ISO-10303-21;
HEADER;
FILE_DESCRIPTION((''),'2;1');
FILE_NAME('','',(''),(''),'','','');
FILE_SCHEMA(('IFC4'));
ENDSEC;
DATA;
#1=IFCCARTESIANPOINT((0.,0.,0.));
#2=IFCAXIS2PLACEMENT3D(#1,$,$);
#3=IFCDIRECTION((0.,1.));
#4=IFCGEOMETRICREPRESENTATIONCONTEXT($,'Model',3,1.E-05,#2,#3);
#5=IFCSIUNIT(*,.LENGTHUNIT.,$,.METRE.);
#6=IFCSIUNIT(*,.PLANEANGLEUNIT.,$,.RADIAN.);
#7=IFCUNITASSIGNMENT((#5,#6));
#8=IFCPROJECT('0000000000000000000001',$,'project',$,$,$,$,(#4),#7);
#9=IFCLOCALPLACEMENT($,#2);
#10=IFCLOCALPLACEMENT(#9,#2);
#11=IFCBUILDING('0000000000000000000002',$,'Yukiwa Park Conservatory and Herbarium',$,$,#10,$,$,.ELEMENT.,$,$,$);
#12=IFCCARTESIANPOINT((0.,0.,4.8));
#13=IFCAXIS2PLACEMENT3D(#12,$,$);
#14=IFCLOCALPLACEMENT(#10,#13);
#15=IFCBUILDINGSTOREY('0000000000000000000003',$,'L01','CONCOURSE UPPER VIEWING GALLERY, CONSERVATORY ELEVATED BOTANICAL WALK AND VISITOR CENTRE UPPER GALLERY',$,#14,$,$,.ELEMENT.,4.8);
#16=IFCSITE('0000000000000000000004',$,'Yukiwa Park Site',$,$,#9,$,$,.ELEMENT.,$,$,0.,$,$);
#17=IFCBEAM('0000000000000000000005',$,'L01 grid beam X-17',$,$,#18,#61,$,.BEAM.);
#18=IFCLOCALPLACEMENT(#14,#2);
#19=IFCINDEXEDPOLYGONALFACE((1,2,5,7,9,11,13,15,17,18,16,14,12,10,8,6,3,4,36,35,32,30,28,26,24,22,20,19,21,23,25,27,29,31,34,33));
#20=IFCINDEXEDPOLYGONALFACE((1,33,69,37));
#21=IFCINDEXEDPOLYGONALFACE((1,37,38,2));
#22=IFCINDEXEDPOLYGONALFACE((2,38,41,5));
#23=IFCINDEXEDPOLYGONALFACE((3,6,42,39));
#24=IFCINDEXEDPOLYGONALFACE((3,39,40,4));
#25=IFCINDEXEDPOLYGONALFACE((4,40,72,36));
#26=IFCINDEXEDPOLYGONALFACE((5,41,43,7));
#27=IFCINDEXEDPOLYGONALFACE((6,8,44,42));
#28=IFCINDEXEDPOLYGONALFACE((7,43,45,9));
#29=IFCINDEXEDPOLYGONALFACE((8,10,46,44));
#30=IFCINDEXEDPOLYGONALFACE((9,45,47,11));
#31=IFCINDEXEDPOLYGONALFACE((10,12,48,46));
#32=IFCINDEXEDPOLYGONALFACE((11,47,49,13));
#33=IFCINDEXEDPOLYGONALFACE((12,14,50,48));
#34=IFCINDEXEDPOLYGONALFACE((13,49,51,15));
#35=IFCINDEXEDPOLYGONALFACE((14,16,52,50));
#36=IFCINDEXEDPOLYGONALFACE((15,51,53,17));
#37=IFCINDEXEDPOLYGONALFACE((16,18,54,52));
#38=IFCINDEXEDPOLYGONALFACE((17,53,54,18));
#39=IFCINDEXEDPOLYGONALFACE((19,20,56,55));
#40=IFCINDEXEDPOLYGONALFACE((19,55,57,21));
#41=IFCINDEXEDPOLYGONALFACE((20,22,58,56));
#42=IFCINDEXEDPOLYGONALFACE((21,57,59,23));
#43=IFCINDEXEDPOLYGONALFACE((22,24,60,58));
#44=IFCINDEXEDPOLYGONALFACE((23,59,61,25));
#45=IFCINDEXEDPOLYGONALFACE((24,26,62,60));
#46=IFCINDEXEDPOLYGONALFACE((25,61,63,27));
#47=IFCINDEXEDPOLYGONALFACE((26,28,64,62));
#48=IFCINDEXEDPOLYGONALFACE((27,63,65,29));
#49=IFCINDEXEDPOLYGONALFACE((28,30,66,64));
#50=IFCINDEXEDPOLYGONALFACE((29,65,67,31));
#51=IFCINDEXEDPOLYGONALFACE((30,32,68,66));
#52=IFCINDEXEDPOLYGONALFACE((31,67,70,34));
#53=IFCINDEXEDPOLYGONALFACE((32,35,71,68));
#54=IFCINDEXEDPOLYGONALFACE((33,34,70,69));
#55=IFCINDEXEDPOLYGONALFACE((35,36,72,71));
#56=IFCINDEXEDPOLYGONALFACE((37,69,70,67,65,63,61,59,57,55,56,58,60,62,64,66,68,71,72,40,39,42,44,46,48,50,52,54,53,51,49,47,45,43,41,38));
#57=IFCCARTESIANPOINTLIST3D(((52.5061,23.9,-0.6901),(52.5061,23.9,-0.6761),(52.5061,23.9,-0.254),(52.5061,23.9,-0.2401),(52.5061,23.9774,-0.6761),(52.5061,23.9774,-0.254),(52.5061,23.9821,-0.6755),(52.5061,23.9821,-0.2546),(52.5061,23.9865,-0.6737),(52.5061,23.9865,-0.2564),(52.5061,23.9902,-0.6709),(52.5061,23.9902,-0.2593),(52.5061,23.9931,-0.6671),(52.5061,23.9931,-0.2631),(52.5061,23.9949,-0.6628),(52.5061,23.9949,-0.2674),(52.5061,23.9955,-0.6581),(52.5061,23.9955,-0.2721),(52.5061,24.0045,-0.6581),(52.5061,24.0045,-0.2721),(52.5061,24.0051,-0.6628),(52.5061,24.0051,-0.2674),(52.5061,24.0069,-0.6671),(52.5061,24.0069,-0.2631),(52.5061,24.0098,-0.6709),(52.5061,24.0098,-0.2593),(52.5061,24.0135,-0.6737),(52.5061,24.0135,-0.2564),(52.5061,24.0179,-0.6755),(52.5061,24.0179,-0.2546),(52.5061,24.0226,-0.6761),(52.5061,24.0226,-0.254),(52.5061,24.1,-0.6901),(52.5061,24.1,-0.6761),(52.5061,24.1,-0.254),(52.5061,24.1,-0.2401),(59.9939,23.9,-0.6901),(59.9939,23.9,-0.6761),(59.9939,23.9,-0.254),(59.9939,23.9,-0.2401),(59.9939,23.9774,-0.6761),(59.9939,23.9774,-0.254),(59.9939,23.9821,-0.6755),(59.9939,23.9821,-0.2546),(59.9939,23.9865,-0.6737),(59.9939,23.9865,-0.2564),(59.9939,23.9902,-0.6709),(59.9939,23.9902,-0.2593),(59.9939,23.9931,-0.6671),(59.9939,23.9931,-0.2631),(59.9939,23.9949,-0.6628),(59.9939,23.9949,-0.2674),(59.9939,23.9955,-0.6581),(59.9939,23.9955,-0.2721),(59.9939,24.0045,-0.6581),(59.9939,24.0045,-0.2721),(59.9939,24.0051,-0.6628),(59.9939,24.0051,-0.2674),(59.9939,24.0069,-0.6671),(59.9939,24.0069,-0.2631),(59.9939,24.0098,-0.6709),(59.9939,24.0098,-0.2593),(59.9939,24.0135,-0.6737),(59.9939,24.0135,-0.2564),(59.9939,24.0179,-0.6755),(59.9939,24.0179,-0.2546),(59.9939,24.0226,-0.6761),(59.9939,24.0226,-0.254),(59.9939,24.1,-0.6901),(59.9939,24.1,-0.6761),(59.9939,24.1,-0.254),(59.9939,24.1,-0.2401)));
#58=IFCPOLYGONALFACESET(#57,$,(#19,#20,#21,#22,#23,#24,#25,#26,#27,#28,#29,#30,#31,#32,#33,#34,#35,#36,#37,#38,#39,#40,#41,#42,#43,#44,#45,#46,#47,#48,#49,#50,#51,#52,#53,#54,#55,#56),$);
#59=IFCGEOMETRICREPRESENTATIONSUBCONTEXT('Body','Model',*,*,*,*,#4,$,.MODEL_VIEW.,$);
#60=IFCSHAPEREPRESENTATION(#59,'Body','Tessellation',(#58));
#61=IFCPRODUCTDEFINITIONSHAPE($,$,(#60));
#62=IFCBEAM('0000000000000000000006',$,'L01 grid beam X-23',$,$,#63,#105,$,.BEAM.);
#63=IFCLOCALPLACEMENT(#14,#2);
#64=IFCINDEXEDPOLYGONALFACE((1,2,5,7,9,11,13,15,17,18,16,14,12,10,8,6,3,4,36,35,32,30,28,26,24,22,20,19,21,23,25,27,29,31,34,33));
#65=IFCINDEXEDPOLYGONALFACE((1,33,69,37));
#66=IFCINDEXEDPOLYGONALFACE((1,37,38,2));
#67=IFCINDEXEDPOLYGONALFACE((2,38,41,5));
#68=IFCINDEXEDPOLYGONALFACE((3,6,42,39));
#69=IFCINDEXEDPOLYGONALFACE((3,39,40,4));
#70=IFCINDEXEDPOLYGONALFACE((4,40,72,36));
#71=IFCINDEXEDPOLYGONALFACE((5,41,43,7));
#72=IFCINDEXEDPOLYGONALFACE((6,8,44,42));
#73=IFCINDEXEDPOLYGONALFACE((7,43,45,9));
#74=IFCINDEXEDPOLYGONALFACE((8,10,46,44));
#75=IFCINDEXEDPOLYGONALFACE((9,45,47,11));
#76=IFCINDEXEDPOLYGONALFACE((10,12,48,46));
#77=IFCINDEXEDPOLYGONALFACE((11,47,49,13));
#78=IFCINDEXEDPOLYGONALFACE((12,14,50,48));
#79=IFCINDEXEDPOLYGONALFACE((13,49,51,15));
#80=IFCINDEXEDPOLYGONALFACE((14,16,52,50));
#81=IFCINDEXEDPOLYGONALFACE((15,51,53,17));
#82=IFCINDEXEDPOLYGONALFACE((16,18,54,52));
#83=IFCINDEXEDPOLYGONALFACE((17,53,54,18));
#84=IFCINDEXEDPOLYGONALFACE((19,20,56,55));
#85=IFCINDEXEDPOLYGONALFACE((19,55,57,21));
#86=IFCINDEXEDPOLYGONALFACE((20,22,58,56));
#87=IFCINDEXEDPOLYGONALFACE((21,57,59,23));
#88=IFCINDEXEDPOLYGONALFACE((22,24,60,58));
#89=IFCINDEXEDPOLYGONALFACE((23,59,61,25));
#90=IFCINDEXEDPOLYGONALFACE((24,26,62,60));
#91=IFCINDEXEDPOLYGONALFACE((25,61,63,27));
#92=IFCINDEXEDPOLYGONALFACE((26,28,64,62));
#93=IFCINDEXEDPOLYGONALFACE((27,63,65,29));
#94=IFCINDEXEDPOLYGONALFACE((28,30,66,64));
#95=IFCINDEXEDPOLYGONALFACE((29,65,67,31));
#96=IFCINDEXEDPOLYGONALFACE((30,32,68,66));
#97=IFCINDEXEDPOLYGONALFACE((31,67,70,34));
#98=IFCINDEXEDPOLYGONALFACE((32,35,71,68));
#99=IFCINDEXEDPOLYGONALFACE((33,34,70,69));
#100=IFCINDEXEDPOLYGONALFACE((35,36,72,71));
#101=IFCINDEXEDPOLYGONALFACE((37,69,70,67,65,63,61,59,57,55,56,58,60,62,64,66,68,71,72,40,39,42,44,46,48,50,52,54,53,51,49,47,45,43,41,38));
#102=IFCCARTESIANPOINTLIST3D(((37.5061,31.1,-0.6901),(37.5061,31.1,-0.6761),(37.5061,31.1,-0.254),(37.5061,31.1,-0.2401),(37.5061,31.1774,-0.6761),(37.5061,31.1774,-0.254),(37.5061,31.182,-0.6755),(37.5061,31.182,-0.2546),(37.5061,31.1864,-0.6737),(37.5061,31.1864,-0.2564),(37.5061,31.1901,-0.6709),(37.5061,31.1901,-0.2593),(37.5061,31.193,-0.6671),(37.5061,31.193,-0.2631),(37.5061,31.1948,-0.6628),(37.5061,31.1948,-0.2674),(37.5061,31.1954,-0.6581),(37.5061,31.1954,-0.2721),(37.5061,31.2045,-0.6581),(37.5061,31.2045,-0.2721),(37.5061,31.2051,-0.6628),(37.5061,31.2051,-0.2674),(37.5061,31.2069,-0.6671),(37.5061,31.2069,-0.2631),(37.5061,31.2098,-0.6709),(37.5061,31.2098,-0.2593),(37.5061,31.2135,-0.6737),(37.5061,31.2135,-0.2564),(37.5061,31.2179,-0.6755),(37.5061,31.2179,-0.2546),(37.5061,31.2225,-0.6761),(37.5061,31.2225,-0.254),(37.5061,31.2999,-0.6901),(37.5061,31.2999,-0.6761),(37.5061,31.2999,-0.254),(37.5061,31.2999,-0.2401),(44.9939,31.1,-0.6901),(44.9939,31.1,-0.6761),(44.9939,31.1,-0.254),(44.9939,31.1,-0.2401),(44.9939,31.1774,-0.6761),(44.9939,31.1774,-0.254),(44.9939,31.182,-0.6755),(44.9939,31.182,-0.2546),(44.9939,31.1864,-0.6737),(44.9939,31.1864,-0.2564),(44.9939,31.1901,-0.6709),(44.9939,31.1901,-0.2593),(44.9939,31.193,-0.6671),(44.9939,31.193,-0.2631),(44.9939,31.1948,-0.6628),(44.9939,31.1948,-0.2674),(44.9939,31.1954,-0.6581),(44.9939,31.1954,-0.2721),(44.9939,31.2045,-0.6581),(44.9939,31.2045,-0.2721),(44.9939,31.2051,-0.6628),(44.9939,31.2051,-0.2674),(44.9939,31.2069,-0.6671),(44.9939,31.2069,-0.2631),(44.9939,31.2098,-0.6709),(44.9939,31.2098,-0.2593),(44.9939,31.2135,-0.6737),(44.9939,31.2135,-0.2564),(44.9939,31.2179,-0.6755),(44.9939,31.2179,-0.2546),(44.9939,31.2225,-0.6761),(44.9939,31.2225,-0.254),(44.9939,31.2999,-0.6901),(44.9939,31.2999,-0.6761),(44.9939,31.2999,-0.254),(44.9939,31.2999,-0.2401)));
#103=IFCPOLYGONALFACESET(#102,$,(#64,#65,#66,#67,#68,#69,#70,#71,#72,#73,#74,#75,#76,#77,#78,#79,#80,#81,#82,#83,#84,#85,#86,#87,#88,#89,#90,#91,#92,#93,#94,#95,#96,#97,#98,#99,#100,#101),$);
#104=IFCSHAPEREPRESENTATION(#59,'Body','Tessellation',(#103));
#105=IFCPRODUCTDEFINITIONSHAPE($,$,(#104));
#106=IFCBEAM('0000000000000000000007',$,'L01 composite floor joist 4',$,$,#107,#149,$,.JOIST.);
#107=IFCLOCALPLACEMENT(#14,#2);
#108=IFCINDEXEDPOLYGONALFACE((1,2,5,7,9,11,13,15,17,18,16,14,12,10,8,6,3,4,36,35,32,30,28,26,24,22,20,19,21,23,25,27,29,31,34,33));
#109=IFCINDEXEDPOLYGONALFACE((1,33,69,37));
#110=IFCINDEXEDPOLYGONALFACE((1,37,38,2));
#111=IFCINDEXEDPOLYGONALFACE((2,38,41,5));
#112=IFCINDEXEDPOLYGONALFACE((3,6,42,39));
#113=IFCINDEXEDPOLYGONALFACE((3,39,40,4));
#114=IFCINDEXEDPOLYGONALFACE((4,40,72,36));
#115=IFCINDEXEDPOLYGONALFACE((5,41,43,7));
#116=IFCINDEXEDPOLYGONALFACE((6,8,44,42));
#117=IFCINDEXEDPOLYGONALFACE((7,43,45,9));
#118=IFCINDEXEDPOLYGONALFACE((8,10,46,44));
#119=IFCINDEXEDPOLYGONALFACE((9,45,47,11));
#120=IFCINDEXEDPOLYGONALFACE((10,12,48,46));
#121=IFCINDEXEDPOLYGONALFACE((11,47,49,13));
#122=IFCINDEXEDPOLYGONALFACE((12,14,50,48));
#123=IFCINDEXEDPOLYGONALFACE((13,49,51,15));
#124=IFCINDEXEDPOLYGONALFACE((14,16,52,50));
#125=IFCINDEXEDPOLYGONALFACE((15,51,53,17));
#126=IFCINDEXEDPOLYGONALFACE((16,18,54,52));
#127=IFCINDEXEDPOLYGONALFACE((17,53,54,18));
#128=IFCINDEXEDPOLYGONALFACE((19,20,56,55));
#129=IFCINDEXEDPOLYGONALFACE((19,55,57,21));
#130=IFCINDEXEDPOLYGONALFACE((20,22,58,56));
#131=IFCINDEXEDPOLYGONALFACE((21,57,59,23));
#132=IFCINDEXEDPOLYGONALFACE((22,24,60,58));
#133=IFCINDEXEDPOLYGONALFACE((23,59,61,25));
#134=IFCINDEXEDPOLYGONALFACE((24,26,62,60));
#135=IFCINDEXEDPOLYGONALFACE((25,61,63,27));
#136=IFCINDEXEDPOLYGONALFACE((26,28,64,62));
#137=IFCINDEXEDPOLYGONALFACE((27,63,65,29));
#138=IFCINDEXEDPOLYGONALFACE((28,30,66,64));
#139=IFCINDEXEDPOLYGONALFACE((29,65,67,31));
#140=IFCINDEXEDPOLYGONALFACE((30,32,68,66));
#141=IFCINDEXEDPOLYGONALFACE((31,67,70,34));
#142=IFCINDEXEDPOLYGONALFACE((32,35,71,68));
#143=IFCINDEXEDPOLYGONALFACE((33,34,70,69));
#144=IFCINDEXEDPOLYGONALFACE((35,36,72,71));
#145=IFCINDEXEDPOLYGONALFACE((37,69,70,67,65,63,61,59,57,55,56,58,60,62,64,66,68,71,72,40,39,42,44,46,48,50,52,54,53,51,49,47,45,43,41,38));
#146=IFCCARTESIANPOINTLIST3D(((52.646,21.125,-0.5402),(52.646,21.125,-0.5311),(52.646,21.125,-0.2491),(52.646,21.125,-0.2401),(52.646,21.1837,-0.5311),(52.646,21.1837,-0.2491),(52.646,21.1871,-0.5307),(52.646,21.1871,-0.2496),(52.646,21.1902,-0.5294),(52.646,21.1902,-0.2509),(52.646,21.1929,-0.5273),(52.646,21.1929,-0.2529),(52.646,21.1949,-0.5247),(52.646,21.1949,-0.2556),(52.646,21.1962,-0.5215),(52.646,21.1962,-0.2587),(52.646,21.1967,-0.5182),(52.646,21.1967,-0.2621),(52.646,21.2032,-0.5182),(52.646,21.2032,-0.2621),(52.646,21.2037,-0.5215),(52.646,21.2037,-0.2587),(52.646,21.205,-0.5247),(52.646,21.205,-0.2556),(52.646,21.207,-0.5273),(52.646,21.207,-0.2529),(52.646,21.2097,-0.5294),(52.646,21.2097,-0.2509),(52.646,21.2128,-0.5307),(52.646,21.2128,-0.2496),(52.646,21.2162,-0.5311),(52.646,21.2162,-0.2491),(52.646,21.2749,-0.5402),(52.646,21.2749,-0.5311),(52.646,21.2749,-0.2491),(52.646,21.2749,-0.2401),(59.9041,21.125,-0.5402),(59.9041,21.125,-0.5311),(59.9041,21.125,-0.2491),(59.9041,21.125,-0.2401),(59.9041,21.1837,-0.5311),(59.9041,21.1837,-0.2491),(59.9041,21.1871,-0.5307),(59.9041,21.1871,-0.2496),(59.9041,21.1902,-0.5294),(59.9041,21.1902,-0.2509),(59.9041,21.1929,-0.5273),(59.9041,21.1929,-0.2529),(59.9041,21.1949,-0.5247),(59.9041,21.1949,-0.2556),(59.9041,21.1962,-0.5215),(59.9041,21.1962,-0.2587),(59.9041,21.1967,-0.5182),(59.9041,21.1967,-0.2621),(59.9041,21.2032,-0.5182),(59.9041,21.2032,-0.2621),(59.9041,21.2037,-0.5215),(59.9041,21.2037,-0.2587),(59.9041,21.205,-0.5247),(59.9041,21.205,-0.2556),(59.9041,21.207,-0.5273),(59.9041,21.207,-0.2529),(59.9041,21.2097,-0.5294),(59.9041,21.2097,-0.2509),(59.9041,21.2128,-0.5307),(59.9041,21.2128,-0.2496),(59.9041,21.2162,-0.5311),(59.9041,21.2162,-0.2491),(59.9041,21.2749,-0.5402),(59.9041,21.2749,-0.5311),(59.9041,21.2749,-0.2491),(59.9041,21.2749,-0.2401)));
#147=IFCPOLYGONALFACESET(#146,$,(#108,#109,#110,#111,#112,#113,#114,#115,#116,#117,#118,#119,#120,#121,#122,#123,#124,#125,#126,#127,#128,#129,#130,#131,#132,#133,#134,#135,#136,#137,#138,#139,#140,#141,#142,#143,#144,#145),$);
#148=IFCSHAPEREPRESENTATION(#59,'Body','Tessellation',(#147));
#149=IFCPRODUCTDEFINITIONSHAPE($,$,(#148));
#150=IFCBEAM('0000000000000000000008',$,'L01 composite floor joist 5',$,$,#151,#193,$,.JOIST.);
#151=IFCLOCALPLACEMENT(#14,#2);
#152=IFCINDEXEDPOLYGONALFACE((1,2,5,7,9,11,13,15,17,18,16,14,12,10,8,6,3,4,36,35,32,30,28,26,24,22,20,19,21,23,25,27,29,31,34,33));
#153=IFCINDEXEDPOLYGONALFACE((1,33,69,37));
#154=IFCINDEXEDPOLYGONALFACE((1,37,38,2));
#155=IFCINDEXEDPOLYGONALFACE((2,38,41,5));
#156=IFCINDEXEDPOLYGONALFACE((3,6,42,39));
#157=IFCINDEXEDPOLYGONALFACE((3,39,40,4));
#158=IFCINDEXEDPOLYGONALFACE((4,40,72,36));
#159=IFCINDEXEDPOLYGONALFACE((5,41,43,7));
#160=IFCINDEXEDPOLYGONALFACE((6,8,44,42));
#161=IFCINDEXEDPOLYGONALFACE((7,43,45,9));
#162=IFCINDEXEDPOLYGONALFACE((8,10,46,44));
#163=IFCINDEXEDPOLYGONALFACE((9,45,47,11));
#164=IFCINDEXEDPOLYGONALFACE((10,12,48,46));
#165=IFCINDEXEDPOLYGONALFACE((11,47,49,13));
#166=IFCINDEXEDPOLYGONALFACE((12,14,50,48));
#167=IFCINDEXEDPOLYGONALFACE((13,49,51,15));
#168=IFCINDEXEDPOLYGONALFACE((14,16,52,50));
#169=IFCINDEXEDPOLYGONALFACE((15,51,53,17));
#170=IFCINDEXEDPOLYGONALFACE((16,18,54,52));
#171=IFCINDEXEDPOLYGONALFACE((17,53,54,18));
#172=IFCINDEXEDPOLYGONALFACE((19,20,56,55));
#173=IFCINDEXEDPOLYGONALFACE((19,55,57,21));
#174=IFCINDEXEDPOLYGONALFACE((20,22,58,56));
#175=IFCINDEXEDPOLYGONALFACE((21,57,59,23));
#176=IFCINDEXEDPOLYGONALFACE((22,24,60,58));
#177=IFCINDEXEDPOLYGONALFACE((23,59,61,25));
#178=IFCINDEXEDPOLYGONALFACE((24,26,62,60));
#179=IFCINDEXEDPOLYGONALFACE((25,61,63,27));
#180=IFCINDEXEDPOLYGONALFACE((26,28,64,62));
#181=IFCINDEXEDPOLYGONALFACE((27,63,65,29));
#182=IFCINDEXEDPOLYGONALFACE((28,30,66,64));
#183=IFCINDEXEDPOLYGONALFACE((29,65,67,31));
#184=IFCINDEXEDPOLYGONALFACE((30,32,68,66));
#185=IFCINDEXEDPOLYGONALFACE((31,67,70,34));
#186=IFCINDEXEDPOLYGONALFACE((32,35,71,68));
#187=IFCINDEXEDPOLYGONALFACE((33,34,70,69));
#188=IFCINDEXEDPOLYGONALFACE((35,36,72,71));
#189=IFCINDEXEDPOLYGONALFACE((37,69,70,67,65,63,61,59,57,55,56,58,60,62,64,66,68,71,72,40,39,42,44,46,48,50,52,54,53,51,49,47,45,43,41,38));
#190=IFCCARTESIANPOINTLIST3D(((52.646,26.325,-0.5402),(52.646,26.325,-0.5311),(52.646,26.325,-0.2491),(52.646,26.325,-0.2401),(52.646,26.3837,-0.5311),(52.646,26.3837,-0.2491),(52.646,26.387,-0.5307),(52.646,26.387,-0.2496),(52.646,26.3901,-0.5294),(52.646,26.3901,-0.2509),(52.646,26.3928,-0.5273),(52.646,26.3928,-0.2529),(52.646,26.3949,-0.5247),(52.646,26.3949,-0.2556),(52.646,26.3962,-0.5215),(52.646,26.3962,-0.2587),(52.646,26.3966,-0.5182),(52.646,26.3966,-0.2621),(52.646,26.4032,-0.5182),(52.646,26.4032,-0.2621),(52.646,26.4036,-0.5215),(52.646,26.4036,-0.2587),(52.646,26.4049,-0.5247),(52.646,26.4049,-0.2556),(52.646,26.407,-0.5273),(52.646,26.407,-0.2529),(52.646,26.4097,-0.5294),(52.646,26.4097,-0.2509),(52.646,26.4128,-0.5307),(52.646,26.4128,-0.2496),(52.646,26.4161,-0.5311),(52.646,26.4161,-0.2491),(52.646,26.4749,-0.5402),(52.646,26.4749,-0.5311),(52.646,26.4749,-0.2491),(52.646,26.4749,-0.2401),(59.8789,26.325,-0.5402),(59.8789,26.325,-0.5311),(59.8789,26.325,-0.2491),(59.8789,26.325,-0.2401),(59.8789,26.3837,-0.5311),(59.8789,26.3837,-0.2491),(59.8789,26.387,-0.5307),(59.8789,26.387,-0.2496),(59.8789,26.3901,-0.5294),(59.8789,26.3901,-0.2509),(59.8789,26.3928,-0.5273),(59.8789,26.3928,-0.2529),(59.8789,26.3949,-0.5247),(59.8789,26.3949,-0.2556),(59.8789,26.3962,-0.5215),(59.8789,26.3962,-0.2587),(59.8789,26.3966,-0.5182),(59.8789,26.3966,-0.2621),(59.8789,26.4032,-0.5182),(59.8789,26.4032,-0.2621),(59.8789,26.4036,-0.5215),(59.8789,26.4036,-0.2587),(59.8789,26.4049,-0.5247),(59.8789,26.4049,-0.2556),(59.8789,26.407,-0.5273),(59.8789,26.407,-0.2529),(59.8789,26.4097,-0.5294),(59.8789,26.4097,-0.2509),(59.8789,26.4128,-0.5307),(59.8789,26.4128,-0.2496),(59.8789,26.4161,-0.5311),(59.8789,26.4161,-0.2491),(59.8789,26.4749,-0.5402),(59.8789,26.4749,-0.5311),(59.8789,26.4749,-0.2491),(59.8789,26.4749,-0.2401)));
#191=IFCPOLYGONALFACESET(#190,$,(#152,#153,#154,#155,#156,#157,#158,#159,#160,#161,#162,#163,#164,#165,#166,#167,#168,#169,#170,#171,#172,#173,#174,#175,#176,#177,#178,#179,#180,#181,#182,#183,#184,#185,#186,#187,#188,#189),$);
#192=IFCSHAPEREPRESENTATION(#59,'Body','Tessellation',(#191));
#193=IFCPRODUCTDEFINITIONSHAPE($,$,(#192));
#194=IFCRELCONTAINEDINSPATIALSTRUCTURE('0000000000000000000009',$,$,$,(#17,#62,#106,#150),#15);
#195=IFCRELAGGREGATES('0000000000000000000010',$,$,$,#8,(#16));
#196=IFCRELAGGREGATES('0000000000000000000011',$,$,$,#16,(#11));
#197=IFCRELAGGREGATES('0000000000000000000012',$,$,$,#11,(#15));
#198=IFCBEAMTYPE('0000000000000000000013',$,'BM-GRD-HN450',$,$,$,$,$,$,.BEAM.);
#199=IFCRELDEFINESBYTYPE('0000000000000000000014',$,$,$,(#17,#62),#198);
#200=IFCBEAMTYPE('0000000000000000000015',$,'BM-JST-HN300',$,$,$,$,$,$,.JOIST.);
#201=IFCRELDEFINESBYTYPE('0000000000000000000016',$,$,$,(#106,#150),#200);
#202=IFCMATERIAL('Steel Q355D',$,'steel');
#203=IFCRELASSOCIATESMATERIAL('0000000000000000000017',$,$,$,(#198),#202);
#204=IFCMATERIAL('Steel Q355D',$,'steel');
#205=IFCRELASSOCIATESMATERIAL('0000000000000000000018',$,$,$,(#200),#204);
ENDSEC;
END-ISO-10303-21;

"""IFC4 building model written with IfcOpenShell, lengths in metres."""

from ifc_helpers import new_model, si_unit, direction, frame, origin, origin_2d, place, context, subcontext, project, spatial, i_section, extrude, material, material_profile, profile_set, type_object, element, save


model = new_model("IFC4")

# Units and contexts
model_context = context("Model", 3, precision=1e-05, world=origin(), true_north=direction((0.0, 1.0)))
body_context = subcontext(model_context, "Body", "Model", "MODEL_VIEW")
ifc_project = project(units=[si_unit("LENGTHUNIT", "METRE"), si_unit("PLANEANGLEUNIT", "RADIAN")], contexts=[model_context])

# Site, building, storey
site_placement = place(None, origin())
site = spatial("IfcSite", under=ifc_project, at=site_placement, Name="Yukiwa Park Site", CompositionType="ELEMENT", RefElevation=0.0)
building_placement = place(site_placement, origin())
building = spatial("IfcBuilding", under=site, at=building_placement, Name="Yukiwa Park Conservatory and Herbarium", CompositionType="ELEMENT")
storey_placement = place(building_placement, frame((0.0, 0.0, 4.8)))
storey = spatial("IfcBuildingStorey", under=building, at=storey_placement, Name="L01", Description="CONCOURSE UPPER VIEWING GALLERY, CONSERVATORY ELEVATED BOTANICAL WALK AND VISITOR CENTRE UPPER GALLERY", CompositionType="ELEMENT", Elevation=4.8)

# Beams
ifc_material_1 = material(Name="Steel Q355D", Category="steel")
ifc_material_profile_1 = material_profile(ifc_material_1, i_section(OverallWidth=0.2, OverallDepth=0.45, WebThickness=0.009, FlangeThickness=0.0139, FilletRadius=0.0181, at=origin_2d()), Name="HN 450x200x9x14")
ifc_profile_set_1 = profile_set([ifc_material_profile_1], Name="Steel Q355D")
beam_type_1 = type_object("IfcBeamType", Name="BM-GRD-HN450", PredefinedType="BEAM", material=ifc_profile_set_1)
for number, where, z_axis, x_axis, name in (
    (1, (52.5061, 24.0, -0.4651), (1.0, 0.0, 0.0), (0.0, 1.0, 0.0), "L01 grid beam X-17"),
    (2, (37.5061, 31.2, -0.4651), (1.0, 0.0, 0.0), (0.0, 1.0, 0.0), "L01 grid beam X-23"),
):
    element("IfcBeam", number, at=place(storey_placement, frame(where, z_axis=z_axis, x_axis=x_axis)), inside=storey, type_object=beam_type_1, Name=name, PredefinedType="BEAM", context=body_context, shape_type="SweptSolid", body=[
        extrude(i_section(OverallWidth=0.2, OverallDepth=0.45, WebThickness=0.009, FlangeThickness=0.0139, FilletRadius=0.0181, at=origin_2d()), origin(), (0.0, 0.0, 1.0), 7.4878),
    ])
ifc_material_2 = material(Name="Steel Q355D", Category="steel")
ifc_material_profile_2 = material_profile(ifc_material_2, i_section(OverallWidth=0.1499, OverallDepth=0.3, WebThickness=0.0066, FlangeThickness=0.009, FilletRadius=0.0129, at=origin_2d()), Name="HN 300x150x6.5x9")
ifc_profile_set_2 = profile_set([ifc_material_profile_2], Name="Steel Q355D")
beam_type_2 = type_object("IfcBeamType", Name="BM-JST-HN300", PredefinedType="JOIST", material=ifc_profile_set_2)
beam_1_placement = place(storey_placement, frame((52.646, 21.2, -0.3901), z_axis=(1.0, 0.0, 0.0), x_axis=(0.0, 1.0, 0.0)))
element("IfcBeam", 3, at=beam_1_placement, inside=storey, type_object=beam_type_2, Name="L01 composite floor joist 4", PredefinedType="JOIST", context=body_context, shape_type="SweptSolid", body=[
    extrude(i_section(OverallWidth=0.1499, OverallDepth=0.3, WebThickness=0.0066, FlangeThickness=0.009, FilletRadius=0.0129, at=origin_2d()), origin(), (0.0, 0.0, 1.0), 7.2581),
])
for number, where, z_axis, x_axis, name in (
    (4, (52.646, 26.3999, -0.3901), (1.0, 0.0, 0.0), (0.0, 1.0, 0.0), "L01 composite floor joist 5"),
):
    element("IfcBeam", number, at=place(storey_placement, frame(where, z_axis=z_axis, x_axis=x_axis)), inside=storey, type_object=beam_type_2, Name=name, PredefinedType="JOIST", context=body_context, shape_type="SweptSolid", body=[
        extrude(i_section(OverallWidth=0.1499, OverallDepth=0.3, WebThickness=0.0066, FlangeThickness=0.009, FilletRadius=0.0129, at=origin_2d()), origin(), (0.0, 0.0, 1.0), 7.2329),
    ])

save(model, "model.ifc")
